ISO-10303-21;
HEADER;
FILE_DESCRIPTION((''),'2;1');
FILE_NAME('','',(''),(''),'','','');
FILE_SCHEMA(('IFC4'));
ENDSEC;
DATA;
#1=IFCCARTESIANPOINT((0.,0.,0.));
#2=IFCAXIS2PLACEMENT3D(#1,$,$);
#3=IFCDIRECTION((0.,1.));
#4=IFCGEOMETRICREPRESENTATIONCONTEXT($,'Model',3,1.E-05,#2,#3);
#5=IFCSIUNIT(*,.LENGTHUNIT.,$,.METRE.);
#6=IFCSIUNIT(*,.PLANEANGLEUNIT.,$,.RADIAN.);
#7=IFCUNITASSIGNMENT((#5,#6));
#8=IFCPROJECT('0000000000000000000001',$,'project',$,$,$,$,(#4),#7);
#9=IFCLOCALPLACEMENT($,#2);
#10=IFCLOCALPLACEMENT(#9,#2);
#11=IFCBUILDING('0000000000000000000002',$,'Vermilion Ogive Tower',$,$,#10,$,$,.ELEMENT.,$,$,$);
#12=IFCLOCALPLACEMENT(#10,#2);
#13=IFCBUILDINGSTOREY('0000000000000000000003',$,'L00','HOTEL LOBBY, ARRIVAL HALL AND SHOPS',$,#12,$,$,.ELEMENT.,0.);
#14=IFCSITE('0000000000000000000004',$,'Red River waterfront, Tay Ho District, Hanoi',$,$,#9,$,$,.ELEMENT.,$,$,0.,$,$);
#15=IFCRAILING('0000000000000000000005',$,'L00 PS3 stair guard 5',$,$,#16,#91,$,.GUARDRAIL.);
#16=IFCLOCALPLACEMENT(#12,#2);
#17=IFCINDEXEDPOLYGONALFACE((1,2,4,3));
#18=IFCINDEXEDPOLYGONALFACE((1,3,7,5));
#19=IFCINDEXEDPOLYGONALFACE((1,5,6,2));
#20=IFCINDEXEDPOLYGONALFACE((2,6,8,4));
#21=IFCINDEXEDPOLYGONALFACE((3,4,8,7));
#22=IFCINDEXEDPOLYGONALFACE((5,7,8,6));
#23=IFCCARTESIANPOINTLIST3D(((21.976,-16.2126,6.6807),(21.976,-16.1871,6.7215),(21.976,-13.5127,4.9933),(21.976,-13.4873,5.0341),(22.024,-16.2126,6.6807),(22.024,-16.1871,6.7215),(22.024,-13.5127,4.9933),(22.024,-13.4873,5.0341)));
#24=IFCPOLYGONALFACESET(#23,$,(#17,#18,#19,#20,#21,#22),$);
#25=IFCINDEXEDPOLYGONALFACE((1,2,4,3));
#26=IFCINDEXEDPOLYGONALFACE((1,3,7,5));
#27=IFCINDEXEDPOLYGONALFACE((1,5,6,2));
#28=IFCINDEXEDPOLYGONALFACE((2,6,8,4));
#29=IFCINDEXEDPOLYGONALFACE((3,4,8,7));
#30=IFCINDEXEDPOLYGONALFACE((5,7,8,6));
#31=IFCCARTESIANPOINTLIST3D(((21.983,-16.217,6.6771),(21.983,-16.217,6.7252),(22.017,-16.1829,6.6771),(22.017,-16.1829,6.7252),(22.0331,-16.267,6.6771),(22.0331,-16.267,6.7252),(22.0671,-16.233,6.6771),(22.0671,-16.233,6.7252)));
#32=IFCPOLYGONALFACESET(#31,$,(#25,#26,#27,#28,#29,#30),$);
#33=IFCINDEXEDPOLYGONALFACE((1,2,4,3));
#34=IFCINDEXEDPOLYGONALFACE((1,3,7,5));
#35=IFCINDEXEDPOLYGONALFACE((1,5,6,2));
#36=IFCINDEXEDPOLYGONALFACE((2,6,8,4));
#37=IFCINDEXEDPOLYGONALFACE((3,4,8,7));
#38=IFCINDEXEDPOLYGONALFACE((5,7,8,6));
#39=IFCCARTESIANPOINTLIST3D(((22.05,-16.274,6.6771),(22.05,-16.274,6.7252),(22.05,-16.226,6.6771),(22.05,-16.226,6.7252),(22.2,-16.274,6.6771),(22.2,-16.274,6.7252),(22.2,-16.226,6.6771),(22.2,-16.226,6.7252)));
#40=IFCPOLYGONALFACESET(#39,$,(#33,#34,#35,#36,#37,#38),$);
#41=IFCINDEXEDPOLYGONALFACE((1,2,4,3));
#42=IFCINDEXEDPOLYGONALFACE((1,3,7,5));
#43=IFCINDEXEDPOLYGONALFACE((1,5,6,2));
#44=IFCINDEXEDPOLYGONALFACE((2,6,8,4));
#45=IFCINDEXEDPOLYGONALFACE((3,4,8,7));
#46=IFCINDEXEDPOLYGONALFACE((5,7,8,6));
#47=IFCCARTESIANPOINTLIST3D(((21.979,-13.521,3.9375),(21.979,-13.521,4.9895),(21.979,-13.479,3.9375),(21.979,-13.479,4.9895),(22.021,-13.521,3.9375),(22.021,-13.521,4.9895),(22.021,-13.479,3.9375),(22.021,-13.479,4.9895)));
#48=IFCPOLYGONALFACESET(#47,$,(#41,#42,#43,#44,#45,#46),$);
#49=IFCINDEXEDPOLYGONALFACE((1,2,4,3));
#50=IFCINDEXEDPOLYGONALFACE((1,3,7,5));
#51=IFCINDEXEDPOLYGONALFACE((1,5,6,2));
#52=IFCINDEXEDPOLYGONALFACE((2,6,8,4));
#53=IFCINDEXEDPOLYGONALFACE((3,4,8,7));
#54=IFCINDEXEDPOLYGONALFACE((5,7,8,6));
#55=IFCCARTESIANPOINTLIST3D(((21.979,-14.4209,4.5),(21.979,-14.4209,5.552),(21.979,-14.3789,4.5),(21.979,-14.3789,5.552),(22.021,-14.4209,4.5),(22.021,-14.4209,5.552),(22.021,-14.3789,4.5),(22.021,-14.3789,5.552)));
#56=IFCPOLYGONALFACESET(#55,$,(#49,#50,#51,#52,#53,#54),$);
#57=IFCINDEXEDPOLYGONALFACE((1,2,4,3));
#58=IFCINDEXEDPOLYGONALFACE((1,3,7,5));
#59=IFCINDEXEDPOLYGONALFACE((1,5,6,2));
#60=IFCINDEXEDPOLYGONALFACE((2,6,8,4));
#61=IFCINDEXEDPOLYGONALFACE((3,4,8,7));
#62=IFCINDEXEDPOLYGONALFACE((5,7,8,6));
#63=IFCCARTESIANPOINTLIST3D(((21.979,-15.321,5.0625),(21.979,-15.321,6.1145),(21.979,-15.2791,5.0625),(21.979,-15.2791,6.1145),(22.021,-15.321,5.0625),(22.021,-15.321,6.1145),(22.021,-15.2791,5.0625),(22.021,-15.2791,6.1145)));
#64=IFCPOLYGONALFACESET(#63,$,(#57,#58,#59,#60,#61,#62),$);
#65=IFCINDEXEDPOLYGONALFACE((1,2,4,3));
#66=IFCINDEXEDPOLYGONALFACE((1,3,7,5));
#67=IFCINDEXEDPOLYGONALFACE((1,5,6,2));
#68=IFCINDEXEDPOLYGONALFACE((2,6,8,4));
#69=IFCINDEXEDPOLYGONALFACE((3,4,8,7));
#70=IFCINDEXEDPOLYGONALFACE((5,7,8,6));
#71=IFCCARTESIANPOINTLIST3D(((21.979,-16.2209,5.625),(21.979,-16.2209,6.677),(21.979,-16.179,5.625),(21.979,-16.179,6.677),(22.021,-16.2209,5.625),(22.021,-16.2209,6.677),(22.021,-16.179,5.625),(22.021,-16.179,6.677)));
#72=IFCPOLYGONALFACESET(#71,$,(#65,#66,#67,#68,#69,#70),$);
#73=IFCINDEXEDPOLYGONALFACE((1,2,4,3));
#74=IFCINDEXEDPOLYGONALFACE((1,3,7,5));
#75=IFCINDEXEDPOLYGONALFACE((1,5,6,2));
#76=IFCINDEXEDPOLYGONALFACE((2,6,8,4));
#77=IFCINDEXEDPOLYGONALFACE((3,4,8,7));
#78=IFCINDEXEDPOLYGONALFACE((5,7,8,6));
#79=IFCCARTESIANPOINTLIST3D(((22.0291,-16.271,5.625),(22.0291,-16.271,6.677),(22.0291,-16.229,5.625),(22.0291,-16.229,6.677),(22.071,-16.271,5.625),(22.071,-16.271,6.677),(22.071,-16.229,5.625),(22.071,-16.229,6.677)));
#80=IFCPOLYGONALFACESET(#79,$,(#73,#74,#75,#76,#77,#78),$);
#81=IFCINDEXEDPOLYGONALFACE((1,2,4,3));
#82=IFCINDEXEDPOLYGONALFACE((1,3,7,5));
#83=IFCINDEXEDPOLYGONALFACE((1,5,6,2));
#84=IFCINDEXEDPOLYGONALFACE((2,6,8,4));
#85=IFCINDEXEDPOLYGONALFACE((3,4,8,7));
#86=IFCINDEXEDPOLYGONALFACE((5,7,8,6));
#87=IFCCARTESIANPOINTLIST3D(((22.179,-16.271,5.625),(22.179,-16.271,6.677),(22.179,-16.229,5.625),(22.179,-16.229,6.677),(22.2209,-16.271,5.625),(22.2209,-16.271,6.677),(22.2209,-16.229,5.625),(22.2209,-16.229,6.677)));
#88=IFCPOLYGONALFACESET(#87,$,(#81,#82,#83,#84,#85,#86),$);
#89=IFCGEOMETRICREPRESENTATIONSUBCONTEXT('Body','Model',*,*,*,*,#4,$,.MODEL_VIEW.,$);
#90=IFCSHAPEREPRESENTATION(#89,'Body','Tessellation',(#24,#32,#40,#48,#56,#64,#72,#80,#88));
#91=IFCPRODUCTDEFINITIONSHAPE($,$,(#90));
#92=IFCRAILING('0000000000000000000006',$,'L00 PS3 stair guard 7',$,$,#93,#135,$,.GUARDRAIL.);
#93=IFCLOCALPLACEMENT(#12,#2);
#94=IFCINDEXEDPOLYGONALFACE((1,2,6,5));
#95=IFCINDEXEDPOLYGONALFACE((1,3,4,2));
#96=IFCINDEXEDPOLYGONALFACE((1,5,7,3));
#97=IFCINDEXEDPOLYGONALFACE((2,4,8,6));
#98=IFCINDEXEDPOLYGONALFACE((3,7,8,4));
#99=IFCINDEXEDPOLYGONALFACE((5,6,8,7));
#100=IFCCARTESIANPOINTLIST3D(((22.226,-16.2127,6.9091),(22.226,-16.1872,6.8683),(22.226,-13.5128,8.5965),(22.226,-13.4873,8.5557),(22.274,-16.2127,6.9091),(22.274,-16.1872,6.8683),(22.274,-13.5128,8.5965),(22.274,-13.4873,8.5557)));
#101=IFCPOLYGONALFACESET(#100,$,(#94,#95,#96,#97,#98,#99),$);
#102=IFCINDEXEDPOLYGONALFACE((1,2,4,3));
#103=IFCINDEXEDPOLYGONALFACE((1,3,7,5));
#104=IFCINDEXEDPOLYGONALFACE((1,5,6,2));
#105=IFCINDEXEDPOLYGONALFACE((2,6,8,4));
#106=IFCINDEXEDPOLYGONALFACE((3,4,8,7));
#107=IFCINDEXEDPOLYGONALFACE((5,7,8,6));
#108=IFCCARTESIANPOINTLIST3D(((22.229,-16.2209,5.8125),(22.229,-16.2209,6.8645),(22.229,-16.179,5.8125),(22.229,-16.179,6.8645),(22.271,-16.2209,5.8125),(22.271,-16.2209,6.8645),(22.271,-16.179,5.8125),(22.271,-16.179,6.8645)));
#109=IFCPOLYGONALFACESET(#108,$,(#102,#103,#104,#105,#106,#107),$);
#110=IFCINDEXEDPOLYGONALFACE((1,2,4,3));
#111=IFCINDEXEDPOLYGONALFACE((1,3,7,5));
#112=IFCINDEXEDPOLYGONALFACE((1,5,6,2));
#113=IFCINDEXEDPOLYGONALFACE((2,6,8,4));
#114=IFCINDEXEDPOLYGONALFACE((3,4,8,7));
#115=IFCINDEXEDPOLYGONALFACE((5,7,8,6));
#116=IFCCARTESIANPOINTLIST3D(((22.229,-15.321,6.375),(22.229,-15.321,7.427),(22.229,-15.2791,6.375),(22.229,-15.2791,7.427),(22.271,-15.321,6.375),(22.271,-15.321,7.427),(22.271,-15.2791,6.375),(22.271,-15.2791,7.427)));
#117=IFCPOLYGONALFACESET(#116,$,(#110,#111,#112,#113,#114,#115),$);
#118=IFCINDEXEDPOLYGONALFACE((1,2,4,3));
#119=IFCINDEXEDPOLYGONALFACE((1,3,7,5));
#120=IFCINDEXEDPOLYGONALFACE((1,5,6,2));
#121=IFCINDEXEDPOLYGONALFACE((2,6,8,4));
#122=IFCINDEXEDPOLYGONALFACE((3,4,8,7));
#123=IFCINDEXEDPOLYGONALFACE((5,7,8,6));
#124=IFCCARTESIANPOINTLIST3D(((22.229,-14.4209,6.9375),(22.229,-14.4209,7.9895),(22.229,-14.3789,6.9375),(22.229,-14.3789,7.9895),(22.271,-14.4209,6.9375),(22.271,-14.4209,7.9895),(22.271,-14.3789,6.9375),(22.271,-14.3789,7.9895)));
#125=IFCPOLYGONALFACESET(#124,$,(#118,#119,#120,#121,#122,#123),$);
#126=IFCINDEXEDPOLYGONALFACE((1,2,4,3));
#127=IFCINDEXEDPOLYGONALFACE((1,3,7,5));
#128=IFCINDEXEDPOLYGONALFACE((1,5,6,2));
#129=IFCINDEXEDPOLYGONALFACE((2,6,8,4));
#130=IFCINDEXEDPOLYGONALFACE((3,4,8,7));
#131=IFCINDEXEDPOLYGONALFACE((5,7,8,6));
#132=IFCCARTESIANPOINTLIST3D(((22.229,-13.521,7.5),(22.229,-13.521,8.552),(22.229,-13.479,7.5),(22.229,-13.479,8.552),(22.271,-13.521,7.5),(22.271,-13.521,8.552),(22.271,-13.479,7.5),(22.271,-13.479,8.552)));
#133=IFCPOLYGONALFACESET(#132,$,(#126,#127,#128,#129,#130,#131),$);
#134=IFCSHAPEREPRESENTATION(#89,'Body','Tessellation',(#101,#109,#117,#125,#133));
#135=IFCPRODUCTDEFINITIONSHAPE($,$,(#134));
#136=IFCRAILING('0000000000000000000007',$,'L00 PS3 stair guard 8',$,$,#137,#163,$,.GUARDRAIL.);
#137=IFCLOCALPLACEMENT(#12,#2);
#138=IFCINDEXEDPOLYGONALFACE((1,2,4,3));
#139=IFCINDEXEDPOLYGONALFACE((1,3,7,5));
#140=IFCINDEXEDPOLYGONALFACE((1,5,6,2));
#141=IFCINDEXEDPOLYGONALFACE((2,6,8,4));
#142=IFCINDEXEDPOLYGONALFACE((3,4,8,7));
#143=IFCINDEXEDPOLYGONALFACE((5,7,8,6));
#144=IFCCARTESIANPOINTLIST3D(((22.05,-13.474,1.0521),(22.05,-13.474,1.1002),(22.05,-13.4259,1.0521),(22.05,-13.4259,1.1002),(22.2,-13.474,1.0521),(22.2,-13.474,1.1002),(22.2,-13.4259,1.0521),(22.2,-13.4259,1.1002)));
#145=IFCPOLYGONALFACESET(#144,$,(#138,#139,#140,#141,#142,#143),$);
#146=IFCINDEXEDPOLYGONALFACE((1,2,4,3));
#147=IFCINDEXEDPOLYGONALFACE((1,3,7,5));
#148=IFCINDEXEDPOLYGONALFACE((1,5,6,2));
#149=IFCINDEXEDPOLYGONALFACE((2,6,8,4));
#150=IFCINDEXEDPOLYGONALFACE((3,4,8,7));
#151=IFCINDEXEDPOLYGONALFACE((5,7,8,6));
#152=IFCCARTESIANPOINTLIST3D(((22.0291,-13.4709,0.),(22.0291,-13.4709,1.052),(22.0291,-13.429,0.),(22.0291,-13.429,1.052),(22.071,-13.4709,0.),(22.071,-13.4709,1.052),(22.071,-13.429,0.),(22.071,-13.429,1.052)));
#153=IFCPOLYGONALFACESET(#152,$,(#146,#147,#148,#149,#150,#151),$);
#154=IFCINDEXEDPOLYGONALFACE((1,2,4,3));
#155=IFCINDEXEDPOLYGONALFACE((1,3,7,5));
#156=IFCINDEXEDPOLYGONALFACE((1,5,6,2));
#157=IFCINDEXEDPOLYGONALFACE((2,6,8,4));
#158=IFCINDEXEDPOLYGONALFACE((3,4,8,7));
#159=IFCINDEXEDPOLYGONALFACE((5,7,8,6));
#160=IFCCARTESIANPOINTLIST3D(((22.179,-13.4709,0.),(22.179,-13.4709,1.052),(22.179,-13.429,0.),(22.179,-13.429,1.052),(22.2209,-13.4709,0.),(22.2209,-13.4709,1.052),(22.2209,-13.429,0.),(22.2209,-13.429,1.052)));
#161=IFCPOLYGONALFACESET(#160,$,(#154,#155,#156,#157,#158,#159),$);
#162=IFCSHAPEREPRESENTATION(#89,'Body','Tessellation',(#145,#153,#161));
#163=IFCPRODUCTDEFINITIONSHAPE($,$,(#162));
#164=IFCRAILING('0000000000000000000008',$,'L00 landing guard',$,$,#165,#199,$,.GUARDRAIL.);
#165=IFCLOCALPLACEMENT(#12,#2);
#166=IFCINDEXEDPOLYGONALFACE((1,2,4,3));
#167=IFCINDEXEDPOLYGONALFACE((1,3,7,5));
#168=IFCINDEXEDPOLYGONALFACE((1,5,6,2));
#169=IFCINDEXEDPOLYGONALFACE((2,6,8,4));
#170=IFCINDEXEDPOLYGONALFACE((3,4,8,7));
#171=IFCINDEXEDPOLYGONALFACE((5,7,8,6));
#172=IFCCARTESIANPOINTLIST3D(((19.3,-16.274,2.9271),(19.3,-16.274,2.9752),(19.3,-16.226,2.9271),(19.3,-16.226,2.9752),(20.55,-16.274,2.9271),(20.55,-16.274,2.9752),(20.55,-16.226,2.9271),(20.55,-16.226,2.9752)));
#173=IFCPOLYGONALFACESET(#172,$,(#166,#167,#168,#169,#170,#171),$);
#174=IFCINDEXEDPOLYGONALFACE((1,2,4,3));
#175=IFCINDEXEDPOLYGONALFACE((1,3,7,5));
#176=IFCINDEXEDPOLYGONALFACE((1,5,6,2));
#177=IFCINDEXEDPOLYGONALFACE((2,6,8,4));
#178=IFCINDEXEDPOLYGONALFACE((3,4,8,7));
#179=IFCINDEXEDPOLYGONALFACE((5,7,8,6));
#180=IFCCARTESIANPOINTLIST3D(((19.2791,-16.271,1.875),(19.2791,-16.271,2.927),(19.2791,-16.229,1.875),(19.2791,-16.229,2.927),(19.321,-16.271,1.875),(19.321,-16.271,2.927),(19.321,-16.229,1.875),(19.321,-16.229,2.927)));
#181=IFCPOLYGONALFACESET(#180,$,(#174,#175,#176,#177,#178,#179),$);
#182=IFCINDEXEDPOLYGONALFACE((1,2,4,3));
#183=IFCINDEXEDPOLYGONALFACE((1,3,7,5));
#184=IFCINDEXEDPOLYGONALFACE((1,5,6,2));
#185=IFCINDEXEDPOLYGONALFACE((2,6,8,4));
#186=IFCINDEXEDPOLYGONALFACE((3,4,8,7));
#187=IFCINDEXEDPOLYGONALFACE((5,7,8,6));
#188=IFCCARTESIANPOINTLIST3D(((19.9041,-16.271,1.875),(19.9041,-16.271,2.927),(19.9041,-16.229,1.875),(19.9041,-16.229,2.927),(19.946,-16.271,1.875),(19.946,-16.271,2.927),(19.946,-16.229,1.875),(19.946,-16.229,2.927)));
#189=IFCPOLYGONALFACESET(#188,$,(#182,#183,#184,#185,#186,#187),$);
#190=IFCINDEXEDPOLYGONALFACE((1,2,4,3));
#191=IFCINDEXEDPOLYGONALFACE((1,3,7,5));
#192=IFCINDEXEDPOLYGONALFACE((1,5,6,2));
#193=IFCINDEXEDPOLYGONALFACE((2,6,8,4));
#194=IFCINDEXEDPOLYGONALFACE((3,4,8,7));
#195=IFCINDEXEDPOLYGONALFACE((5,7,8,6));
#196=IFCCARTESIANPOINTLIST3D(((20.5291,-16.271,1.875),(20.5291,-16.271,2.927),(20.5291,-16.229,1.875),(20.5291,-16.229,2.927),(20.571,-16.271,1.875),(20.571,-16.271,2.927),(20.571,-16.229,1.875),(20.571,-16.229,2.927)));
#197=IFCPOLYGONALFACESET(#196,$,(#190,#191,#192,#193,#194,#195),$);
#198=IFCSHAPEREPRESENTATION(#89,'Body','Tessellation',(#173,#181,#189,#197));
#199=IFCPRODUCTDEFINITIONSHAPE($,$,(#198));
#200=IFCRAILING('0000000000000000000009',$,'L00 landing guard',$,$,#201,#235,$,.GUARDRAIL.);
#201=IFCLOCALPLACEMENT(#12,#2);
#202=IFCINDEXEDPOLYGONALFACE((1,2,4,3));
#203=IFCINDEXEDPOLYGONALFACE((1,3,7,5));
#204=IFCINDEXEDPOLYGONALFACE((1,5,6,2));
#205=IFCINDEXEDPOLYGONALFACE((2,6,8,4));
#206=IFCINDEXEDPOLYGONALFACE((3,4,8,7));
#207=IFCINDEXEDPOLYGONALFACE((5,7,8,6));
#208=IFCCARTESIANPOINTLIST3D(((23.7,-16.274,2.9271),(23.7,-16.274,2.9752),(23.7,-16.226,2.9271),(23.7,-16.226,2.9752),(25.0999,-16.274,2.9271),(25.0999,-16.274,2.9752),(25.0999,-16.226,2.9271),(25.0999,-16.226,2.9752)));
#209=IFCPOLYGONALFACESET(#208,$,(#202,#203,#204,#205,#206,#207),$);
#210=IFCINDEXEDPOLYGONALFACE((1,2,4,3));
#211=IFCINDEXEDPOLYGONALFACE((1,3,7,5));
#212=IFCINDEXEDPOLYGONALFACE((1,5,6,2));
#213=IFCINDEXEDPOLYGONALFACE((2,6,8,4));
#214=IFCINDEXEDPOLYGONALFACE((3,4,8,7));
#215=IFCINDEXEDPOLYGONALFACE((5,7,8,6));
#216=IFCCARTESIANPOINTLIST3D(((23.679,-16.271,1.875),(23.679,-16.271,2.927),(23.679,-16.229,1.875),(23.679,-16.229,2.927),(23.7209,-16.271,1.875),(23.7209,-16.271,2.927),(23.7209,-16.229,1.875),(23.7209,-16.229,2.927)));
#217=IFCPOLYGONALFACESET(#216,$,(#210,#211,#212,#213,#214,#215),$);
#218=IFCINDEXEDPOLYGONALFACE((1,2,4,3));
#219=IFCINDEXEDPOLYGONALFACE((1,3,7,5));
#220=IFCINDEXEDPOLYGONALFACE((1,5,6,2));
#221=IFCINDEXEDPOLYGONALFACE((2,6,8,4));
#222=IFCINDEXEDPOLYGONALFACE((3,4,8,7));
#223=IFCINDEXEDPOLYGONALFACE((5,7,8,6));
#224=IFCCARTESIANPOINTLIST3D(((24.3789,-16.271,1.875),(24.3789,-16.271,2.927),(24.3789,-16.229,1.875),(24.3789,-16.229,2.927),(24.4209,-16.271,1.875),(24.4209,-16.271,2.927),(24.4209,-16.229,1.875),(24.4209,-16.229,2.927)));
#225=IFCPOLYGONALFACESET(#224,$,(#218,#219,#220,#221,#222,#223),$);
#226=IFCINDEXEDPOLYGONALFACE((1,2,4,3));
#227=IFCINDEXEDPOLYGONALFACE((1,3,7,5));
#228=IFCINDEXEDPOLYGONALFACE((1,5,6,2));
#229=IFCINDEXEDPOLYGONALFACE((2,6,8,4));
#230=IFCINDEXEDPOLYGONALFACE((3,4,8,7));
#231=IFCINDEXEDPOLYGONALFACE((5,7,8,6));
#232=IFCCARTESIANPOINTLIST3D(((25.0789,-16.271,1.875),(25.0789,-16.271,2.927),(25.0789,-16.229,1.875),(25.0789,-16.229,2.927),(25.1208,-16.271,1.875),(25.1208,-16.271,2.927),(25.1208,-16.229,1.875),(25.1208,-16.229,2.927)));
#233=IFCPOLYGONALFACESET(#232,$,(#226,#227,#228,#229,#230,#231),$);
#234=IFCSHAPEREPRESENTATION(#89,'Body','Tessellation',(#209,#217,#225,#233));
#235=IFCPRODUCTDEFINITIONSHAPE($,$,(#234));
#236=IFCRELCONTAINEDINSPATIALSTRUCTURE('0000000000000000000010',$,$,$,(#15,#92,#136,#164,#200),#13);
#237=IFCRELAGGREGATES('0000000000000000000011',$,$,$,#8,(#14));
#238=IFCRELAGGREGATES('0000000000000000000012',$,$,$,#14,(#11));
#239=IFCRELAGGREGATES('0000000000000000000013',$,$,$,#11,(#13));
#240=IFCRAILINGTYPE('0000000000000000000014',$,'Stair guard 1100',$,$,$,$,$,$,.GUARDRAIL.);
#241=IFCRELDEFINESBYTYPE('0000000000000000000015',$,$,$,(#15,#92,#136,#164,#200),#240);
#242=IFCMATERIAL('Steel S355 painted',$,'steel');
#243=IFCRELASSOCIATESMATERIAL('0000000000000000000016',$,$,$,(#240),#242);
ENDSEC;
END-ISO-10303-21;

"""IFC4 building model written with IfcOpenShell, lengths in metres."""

from ifc_helpers import new_model, si_unit, direction, frame, origin, origin_2d, place, context, subcontext, project, spatial, rectangle, extrude, material, type_object, element, save


model = new_model("IFC4")

# Units and contexts
model_context = context("Model", 3, precision=1e-05, world=origin(), true_north=direction((0.0, 1.0)))
body_context = subcontext(model_context, "Body", "Model", "MODEL_VIEW")
ifc_project = project(units=[si_unit("LENGTHUNIT", "METRE"), si_unit("PLANEANGLEUNIT", "RADIAN")], contexts=[model_context])

# Site, building, storey
site_placement = place(None, origin())
site = spatial("IfcSite", under=ifc_project, at=site_placement, Name="Red River waterfront, Tay Ho District, Hanoi", CompositionType="ELEMENT", RefElevation=0.0)
building_placement = place(site_placement, origin())
building = spatial("IfcBuilding", under=site, at=building_placement, Name="Vermilion Ogive Tower", CompositionType="ELEMENT")
storey_placement = place(building_placement, origin())
storey = spatial("IfcBuildingStorey", under=building, at=storey_placement, Name="L00", Description="HOTEL LOBBY, ARRIVAL HALL AND SHOPS", CompositionType="ELEMENT", Elevation=0.0)

# Railings
ifc_material_1 = material(Name="Steel S355 painted", Category="steel")
railing_type_1 = type_object("IfcRailingType", Name="Stair guard 1100", PredefinedType="GUARDRAIL", material=ifc_material_1)
railing_1_placement = place(storey_placement, frame((22.0, -13.5, 3.9375)))
element("IfcRailing", 1, at=railing_1_placement, inside=storey, type_object=railing_type_1, Name="L00 PS3 stair guard 5", PredefinedType="GUARDRAIL", context=body_context, shape_type="SweptSolid", body=[
    extrude(rectangle(XDim=0.0481, YDim=0.0481, at=origin_2d()), frame((0.0, 0.0, 1.0762), z_axis=(0.0, -0.847994, 0.530006), x_axis=(1.0, 0.0, 0.0)), (0.0, 0.0, 1.0), 3.1838),
    extrude(rectangle(XDim=0.0481, YDim=0.0481, at=origin_2d()), frame((0.0, -2.7, 2.7637), z_axis=(0.707107, -0.707107, 0.0), x_axis=(0.707107, 0.707107, 0.0)), (0.0, 0.0, 1.0), 0.0708),
    extrude(rectangle(XDim=0.0481, YDim=0.0481, at=origin_2d()), frame((0.05, -2.75, 2.7637), z_axis=(1.0, 0.0, 0.0), x_axis=(0.0, 1.0, 0.0)), (0.0, 0.0, 1.0), 0.1499),
    extrude(rectangle(XDim=0.042, YDim=0.042, at=origin_2d()), origin(), (0.0, 0.0, 1.0), 1.052),
    extrude(rectangle(XDim=0.042, YDim=0.042, at=origin_2d()), frame((0.0, -0.8999, 0.5625)), (0.0, 0.0, 1.0), 1.052),
    extrude(rectangle(XDim=0.042, YDim=0.042, at=origin_2d()), frame((0.0, -1.8, 1.125)), (0.0, 0.0, 1.0), 1.052),
    extrude(rectangle(XDim=0.042, YDim=0.042, at=origin_2d()), frame((0.0, -2.7, 1.6875)), (0.0, 0.0, 1.0), 1.052),
    extrude(rectangle(XDim=0.042, YDim=0.042, at=origin_2d()), frame((0.05, -2.75, 1.6875)), (0.0, 0.0, 1.0), 1.052),
    extrude(rectangle(XDim=0.042, YDim=0.042, at=origin_2d()), frame((0.2, -2.75, 1.6875)), (0.0, 0.0, 1.0), 1.052),
])
railing_2_placement = place(storey_placement, frame((22.25, -16.2, 5.8125)))
element("IfcRailing", 2, at=railing_2_placement, inside=storey, type_object=railing_type_1, Name="L00 PS3 stair guard 7", PredefinedType="GUARDRAIL", context=body_context, shape_type="SweptSolid", body=[
    extrude(rectangle(XDim=0.0481, YDim=0.0481, at=origin_2d()), frame((0.0, 0.0, 1.0762), z_axis=(0.0, 0.847994, 0.530006), x_axis=(-1.0, 0.0, 0.0)), (0.0, 0.0, 1.0), 3.1838),
    extrude(rectangle(XDim=0.042, YDim=0.042, at=origin_2d()), origin(), (0.0, 0.0, 1.0), 1.052),
    extrude(rectangle(XDim=0.042, YDim=0.042, at=origin_2d()), frame((0.0, 0.8999, 0.5625)), (0.0, 0.0, 1.0), 1.052),
    extrude(rectangle(XDim=0.042, YDim=0.042, at=origin_2d()), frame((0.0, 1.8, 1.125)), (0.0, 0.0, 1.0), 1.052),
    extrude(rectangle(XDim=0.042, YDim=0.042, at=origin_2d()), frame((0.0, 2.7, 1.6875)), (0.0, 0.0, 1.0), 1.052),
])
railing_3_placement = place(storey_placement, frame((22.05, -13.45, 0.0)))
element("IfcRailing", 3, at=railing_3_placement, inside=storey, type_object=railing_type_1, Name="L00 PS3 stair guard 8", PredefinedType="GUARDRAIL", context=body_context, shape_type="SweptSolid", body=[
    extrude(rectangle(XDim=0.0481, YDim=0.0481, at=origin_2d()), frame((0.0, 0.0, 1.0762), z_axis=(1.0, 0.0, 0.0), x_axis=(0.0, 1.0, 0.0)), (0.0, 0.0, 1.0), 0.1499),
    extrude(rectangle(XDim=0.042, YDim=0.042, at=origin_2d()), origin(), (0.0, 0.0, 1.0), 1.052),
    extrude(rectangle(XDim=0.042, YDim=0.042, at=origin_2d()), frame((0.1499, 0.0, 0.0)), (0.0, 0.0, 1.0), 1.052),
])
railing_4_placement = place(storey_placement, frame((19.3, -16.25, 1.875)))
element("IfcRailing", 4, at=railing_4_placement, inside=storey, type_object=railing_type_1, Name="L00 landing guard", PredefinedType="GUARDRAIL", context=body_context, shape_type="SweptSolid", body=[
    extrude(rectangle(XDim=0.0481, YDim=0.0481, at=origin_2d()), frame((0.0, 0.0, 1.0762), z_axis=(1.0, 0.0, 0.0), x_axis=(0.0, 1.0, 0.0)), (0.0, 0.0, 1.0), 1.25),
    extrude(rectangle(XDim=0.042, YDim=0.042, at=origin_2d()), origin(), (0.0, 0.0, 1.0), 1.052),
    extrude(rectangle(XDim=0.042, YDim=0.042, at=origin_2d()), frame((0.625, 0.0, 0.0)), (0.0, 0.0, 1.0), 1.052),
    extrude(rectangle(XDim=0.042, YDim=0.042, at=origin_2d()), frame((1.25, 0.0, 0.0)), (0.0, 0.0, 1.0), 1.052),
])
railing_5_placement = place(storey_placement, frame((23.7, -16.25, 1.875)))
element("IfcRailing", 5, at=railing_5_placement, inside=storey, type_object=railing_type_1, Name="L00 landing guard", PredefinedType="GUARDRAIL", context=body_context, shape_type="SweptSolid", body=[
    extrude(rectangle(XDim=0.0481, YDim=0.0481, at=origin_2d()), frame((0.0, 0.0, 1.0762), z_axis=(1.0, 0.0, 0.0), x_axis=(0.0, 1.0, 0.0)), (0.0, 0.0, 1.0), 1.3999),
    extrude(rectangle(XDim=0.042, YDim=0.042, at=origin_2d()), origin(), (0.0, 0.0, 1.0), 1.052),
    extrude(rectangle(XDim=0.042, YDim=0.042, at=origin_2d()), frame((0.7, 0.0, 0.0)), (0.0, 0.0, 1.0), 1.052),
    extrude(rectangle(XDim=0.042, YDim=0.042, at=origin_2d()), frame((1.3999, 0.0, 0.0)), (0.0, 0.0, 1.0), 1.052),
])

save(model, "model.ifc")
